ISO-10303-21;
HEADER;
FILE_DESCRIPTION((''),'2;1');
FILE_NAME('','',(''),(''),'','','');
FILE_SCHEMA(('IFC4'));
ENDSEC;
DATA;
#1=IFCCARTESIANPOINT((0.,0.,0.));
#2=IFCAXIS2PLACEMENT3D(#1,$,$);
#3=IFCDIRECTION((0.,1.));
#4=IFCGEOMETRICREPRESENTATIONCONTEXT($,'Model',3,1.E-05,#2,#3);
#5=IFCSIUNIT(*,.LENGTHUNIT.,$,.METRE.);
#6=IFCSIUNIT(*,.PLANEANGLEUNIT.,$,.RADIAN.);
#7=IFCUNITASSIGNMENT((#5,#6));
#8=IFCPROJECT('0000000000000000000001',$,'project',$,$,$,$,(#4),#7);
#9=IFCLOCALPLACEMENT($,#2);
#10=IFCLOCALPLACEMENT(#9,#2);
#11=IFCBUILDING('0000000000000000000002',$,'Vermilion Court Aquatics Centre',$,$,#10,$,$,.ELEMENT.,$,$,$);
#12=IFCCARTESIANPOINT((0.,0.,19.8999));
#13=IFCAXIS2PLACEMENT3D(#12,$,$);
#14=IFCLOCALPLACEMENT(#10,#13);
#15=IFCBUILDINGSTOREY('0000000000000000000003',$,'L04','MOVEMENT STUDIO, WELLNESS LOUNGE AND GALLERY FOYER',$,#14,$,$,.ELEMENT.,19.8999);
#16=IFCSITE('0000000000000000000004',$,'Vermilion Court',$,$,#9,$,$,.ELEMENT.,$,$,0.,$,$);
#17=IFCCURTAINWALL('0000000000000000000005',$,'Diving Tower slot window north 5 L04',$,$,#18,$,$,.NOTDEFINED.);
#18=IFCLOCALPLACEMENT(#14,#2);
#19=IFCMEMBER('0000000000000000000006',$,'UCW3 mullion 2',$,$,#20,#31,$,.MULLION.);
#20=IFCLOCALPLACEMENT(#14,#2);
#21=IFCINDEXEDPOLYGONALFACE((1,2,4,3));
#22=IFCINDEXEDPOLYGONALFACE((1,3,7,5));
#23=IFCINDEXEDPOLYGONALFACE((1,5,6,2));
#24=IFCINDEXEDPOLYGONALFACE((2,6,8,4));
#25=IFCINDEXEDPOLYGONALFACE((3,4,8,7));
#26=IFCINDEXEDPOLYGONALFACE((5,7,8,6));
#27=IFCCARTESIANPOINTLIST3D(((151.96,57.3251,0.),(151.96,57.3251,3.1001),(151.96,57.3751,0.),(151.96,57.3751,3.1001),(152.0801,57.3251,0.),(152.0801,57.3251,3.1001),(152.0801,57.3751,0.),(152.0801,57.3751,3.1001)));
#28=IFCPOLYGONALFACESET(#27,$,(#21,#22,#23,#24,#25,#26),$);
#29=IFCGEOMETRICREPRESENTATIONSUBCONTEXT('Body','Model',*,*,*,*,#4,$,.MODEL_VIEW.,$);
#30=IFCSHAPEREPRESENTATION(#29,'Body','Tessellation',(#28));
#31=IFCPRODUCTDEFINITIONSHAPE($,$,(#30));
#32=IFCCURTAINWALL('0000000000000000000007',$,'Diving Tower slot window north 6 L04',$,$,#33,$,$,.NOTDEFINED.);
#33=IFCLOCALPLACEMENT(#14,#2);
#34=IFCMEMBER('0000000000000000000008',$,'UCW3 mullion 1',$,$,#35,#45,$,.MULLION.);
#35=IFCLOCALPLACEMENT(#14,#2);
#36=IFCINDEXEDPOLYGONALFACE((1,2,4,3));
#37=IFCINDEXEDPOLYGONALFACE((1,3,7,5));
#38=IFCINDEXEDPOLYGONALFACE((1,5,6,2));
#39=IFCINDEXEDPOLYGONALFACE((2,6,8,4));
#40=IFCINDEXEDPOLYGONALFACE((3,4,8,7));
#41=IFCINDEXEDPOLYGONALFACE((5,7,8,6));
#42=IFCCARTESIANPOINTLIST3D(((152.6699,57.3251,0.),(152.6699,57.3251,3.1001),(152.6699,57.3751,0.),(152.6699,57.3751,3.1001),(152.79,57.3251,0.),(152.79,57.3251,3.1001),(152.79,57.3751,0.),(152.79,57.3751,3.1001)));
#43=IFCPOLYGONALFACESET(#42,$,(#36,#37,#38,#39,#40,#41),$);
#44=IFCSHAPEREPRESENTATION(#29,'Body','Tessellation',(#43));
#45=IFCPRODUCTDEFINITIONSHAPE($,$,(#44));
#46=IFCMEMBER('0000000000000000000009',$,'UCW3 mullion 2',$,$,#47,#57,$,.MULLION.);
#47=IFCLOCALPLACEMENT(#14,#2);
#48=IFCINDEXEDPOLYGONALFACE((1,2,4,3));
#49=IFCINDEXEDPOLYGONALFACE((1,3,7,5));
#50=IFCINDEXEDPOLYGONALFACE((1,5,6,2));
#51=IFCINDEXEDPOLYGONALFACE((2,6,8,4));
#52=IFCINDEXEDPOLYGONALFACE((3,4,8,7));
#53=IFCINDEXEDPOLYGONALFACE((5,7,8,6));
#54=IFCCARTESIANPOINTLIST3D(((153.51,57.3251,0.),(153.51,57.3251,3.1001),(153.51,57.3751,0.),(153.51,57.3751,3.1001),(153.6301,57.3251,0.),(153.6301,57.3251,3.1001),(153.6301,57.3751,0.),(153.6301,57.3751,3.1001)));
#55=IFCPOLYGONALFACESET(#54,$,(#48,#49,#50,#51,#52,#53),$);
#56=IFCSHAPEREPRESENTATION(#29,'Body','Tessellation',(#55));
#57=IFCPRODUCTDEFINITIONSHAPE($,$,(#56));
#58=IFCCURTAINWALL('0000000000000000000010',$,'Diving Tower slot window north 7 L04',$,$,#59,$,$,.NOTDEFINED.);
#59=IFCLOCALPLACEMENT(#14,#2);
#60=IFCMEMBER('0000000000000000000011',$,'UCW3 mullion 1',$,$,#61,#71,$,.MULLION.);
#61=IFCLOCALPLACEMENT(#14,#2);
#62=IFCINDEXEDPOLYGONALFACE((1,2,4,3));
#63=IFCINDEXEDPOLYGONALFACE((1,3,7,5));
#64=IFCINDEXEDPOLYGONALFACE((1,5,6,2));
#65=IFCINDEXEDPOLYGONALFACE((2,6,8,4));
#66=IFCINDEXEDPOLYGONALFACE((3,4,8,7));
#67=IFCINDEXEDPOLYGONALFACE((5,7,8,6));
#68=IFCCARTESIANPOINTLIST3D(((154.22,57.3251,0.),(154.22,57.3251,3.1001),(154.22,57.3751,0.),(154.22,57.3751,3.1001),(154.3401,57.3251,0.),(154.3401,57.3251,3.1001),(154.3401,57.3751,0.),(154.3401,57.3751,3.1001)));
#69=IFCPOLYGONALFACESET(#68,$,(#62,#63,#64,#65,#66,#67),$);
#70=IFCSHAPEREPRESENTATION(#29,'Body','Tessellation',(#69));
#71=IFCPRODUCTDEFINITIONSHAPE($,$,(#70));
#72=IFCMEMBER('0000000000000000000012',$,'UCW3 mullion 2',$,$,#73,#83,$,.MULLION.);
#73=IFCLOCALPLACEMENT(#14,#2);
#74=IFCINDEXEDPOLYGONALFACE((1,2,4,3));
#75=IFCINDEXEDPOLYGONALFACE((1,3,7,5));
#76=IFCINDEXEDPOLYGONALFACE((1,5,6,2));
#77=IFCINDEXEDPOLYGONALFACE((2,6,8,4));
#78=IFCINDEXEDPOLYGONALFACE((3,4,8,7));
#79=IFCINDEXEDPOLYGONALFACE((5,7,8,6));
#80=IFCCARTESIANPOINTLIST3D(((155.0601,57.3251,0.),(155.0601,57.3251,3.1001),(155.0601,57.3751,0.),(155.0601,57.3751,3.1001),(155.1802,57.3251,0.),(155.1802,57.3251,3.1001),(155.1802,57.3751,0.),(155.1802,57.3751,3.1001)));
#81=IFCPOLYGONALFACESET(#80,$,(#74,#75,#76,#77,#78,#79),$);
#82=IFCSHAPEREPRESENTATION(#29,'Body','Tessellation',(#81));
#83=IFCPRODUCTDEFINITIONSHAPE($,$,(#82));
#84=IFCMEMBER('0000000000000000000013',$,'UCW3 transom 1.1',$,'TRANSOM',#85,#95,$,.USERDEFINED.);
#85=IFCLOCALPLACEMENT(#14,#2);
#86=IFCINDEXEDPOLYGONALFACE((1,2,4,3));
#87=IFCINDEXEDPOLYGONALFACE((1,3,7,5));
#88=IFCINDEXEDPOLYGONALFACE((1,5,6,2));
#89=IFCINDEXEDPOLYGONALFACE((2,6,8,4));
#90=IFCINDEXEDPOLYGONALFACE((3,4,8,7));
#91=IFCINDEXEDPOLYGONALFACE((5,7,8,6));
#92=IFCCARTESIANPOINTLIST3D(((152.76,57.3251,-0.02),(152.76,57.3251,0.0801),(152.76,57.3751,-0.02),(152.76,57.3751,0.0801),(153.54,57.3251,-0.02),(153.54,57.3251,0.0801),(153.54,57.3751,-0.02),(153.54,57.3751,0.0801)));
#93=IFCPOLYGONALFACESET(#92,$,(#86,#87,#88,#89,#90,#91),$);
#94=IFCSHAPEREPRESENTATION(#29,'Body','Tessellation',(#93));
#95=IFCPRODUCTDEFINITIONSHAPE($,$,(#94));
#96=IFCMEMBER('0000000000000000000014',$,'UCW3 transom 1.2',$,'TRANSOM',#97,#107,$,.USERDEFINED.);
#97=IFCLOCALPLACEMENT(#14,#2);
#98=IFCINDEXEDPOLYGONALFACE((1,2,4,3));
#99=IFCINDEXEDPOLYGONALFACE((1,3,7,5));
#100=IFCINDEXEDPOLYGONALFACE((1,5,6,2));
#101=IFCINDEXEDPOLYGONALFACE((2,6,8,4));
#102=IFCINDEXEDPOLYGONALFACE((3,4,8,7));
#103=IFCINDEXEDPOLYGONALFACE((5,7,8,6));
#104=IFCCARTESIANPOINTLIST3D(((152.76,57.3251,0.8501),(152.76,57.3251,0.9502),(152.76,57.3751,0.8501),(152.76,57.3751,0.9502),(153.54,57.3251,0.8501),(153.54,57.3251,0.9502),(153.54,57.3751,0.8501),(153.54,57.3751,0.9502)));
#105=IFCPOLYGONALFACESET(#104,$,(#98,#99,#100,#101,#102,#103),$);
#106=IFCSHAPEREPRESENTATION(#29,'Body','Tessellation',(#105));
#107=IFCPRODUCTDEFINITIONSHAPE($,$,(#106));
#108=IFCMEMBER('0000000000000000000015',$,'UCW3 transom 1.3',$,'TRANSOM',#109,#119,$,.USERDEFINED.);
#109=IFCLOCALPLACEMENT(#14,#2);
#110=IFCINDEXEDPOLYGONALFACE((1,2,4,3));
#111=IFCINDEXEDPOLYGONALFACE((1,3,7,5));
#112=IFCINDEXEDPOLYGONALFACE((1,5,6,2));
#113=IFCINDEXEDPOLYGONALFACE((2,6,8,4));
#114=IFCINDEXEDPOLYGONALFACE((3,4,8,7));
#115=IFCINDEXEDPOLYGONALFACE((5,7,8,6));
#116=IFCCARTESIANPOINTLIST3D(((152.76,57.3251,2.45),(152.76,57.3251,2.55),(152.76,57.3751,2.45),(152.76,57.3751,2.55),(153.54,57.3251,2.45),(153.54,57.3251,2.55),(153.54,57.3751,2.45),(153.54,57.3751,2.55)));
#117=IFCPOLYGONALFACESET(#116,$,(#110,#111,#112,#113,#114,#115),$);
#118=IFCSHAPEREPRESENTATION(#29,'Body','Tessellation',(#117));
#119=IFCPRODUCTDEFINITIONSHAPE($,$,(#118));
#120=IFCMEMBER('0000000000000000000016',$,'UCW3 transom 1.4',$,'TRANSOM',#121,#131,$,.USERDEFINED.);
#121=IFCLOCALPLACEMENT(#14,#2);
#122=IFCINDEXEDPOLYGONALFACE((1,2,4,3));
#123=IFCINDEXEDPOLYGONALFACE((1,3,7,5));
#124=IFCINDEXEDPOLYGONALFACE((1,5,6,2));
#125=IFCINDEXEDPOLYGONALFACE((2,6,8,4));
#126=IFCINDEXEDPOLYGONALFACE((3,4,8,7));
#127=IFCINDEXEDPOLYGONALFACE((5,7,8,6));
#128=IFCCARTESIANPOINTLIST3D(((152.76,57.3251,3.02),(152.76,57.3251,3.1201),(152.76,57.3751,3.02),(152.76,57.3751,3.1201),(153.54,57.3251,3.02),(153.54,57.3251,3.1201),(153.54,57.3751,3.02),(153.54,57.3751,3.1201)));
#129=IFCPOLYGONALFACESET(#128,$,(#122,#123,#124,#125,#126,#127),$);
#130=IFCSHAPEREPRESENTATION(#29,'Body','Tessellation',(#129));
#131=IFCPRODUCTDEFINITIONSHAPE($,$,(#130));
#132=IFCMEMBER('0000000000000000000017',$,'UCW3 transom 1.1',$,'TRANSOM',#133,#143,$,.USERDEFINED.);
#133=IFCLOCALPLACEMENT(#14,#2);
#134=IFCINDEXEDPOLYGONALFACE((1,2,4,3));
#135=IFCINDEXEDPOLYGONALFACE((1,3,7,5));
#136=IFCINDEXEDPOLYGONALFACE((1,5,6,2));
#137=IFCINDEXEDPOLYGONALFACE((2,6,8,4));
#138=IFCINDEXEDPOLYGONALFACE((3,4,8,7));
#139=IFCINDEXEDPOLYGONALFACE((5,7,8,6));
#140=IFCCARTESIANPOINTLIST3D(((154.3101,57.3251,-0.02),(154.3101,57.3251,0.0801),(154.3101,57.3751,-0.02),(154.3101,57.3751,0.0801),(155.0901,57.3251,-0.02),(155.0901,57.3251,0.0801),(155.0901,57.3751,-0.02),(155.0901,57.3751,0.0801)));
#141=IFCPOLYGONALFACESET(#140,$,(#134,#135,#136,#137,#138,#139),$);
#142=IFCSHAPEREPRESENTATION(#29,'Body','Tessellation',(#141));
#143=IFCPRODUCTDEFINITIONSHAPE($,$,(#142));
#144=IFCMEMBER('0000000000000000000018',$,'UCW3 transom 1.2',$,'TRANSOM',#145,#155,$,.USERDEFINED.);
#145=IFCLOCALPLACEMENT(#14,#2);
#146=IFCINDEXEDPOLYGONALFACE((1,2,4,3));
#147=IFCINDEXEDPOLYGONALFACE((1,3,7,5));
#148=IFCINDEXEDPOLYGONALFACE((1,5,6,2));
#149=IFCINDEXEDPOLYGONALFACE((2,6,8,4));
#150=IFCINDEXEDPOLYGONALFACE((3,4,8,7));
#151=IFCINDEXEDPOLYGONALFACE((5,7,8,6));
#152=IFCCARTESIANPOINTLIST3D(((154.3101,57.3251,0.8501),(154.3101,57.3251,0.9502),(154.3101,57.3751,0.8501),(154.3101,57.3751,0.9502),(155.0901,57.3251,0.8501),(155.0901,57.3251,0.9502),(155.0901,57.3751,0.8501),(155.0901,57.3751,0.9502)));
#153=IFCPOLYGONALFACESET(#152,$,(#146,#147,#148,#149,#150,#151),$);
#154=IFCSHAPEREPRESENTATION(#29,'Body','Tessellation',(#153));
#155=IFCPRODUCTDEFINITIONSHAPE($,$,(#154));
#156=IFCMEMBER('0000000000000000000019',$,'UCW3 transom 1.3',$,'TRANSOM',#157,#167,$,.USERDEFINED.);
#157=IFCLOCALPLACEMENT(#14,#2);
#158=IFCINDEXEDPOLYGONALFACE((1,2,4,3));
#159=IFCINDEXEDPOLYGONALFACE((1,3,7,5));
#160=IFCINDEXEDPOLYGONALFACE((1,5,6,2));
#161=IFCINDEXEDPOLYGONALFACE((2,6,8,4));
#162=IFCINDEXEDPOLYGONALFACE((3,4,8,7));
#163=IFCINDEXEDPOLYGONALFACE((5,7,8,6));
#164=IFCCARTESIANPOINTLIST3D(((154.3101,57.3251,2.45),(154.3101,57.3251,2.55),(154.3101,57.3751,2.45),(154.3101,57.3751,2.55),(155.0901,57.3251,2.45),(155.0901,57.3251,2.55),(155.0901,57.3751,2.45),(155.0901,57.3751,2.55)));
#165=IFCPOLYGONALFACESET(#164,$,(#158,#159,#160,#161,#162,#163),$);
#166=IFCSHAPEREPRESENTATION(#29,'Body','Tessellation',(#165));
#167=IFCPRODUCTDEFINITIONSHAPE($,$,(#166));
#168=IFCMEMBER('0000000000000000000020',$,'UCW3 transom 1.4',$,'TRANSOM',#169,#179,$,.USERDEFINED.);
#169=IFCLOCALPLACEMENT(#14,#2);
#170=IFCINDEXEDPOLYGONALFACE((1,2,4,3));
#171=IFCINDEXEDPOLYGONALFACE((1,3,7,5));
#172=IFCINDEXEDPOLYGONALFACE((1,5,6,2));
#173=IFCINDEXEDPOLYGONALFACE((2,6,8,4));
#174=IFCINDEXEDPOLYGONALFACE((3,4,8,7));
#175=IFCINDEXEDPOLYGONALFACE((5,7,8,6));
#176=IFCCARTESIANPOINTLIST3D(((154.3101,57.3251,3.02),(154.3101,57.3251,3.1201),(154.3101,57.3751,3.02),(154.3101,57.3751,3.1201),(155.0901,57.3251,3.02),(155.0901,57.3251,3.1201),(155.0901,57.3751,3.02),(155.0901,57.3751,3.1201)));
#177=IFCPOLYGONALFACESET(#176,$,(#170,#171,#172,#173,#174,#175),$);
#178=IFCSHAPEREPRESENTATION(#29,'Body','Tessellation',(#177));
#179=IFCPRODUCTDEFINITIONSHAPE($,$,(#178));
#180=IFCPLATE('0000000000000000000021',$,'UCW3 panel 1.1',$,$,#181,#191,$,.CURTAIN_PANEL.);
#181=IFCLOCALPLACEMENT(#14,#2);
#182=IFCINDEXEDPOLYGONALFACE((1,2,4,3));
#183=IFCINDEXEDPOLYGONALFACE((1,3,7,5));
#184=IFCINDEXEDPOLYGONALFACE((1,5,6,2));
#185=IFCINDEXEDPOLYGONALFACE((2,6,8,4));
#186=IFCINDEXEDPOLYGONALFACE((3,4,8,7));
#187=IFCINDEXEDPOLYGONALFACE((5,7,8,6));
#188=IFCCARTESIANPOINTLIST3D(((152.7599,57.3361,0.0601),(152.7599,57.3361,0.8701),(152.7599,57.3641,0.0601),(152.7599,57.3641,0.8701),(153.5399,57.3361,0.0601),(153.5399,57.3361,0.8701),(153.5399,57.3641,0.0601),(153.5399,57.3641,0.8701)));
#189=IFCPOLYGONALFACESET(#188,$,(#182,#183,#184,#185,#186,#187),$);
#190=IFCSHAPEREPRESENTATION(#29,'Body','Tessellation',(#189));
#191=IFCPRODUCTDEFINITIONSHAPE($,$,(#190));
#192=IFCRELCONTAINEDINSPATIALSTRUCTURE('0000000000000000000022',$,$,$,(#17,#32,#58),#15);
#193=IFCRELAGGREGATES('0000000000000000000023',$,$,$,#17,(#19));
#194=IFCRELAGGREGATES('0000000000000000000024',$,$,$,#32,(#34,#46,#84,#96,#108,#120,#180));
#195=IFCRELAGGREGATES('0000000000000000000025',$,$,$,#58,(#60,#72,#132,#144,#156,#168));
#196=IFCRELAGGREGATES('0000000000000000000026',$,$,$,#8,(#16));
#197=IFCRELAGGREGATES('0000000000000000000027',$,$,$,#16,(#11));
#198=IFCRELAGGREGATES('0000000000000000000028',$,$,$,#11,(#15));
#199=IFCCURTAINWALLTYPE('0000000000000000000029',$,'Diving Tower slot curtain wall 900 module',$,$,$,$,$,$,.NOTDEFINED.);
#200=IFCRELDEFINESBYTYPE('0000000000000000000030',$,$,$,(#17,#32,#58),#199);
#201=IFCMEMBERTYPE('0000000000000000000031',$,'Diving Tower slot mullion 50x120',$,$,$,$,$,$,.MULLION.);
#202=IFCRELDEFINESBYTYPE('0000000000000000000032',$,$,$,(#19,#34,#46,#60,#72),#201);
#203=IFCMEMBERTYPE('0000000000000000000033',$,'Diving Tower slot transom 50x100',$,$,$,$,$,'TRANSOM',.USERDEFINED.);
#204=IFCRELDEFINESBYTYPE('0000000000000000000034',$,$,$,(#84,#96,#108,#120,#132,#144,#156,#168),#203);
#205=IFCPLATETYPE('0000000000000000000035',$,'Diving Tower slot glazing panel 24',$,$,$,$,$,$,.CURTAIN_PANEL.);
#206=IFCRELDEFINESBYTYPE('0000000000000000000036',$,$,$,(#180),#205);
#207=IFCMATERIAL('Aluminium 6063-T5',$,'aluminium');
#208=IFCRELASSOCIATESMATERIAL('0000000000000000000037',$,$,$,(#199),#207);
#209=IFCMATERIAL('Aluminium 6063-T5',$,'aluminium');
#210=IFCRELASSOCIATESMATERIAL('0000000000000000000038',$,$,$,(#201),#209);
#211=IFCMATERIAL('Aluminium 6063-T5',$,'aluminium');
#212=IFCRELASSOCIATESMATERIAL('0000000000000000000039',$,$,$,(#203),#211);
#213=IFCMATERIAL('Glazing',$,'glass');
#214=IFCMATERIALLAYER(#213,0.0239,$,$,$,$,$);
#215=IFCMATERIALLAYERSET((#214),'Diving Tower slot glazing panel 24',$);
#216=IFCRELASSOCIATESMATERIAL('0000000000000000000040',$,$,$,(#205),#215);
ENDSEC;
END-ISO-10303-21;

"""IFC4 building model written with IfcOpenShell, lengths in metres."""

from ifc_helpers import new_model, si_unit, direction, frame, origin, origin_2d, place, context, subcontext, project, spatial, rectangle, extrude, material, layer, layer_set, material_profile, profile_set, type_object, element, aggregate, save


model = new_model("IFC4")

# Units and contexts
model_context = context("Model", 3, precision=1e-05, world=origin(), true_north=direction((0.0, 1.0)))
body_context = subcontext(model_context, "Body", "Model", "MODEL_VIEW")
ifc_project = project(units=[si_unit("LENGTHUNIT", "METRE"), si_unit("PLANEANGLEUNIT", "RADIAN")], contexts=[model_context])

# Site, building, storey
site_placement = place(None, origin())
site = spatial("IfcSite", under=ifc_project, at=site_placement, Name="Vermilion Court", CompositionType="ELEMENT", RefElevation=0.0)
building_placement = place(site_placement, origin())
building = spatial("IfcBuilding", under=site, at=building_placement, Name="Vermilion Court Aquatics Centre", CompositionType="ELEMENT")
storey_placement = place(building_placement, frame((0.0, 0.0, 19.8999)))
storey = spatial("IfcBuildingStorey", under=building, at=storey_placement, Name="L04", Description="MOVEMENT STUDIO, WELLNESS LOUNGE AND GALLERY FOYER", CompositionType="ELEMENT", Elevation=19.8999)

# Curtain wall, member
ifc_material_1 = material(Name="Aluminium 6063-T5", Category="aluminium")
curtain_wall_type = type_object("IfcCurtainWallType", Name="Diving Tower slot curtain wall 900 module", PredefinedType="NOTDEFINED", material=ifc_material_1)
curtain_wall_1_placement = place(storey_placement, origin())
curtain_wall_1 = element("IfcCurtainWall", 1, at=curtain_wall_1_placement, inside=storey, type_object=curtain_wall_type, Name="Diving Tower slot window north 5 L04", PredefinedType="NOTDEFINED")
ifc_material_2 = material(Name="Aluminium 6063-T5", Category="aluminium")
ifc_material_profile_1 = material_profile(ifc_material_2, rectangle(XDim=0.05, YDim=0.1201, at=origin_2d()), Name="AL 50x120")
ifc_profile_set_1 = profile_set([ifc_material_profile_1], Name="Aluminium 6063-T5")
member_type_1 = type_object("IfcMemberType", Name="Diving Tower slot mullion 50x120", PredefinedType="MULLION", material=ifc_profile_set_1)
member_1_placement = place(storey_placement, frame((152.02, 57.3501, 0.0), z_axis=(0.0, 0.0, 1.0), x_axis=(0.0, 1.0, 0.0)))
member_1 = element("IfcMember", 2, at=member_1_placement, type_object=member_type_1, Name="UCW3 mullion 2", PredefinedType="MULLION", context=body_context, shape_type="SweptSolid", body=[
    extrude(rectangle(XDim=0.05, YDim=0.1201, at=origin_2d()), origin(), (0.0, 0.0, 1.0), 3.1001),
])
aggregate(curtain_wall_1, [member_1])

# Curtain walls, members
curtain_wall_2_placement = place(storey_placement, origin())
curtain_wall_2 = element("IfcCurtainWall", 3, at=curtain_wall_2_placement, inside=storey, type_object=curtain_wall_type, Name="Diving Tower slot window north 6 L04", PredefinedType="NOTDEFINED")
member_2_placement = place(storey_placement, frame((152.73, 57.3501, 0.0), z_axis=(0.0, 0.0, 1.0), x_axis=(0.0, 1.0, 0.0)))
member_2 = element("IfcMember", 4, at=member_2_placement, type_object=member_type_1, Name="UCW3 mullion 1", PredefinedType="MULLION", context=body_context, shape_type="SweptSolid", body=[
    extrude(rectangle(XDim=0.05, YDim=0.1201, at=origin_2d()), origin(), (0.0, 0.0, 1.0), 3.1001),
])
member_3_placement = place(storey_placement, frame((153.5701, 57.3501, 0.0), z_axis=(0.0, 0.0, 1.0), x_axis=(0.0, 1.0, 0.0)))
member_3 = element("IfcMember", 5, at=member_3_placement, type_object=member_type_1, Name="UCW3 mullion 2", PredefinedType="MULLION", context=body_context, shape_type="SweptSolid", body=[
    extrude(rectangle(XDim=0.05, YDim=0.1201, at=origin_2d()), origin(), (0.0, 0.0, 1.0), 3.1001),
])
curtain_wall_3_placement = place(storey_placement, origin())
curtain_wall_3 = element("IfcCurtainWall", 6, at=curtain_wall_3_placement, inside=storey, type_object=curtain_wall_type, Name="Diving Tower slot window north 7 L04", PredefinedType="NOTDEFINED")
member_4_placement = place(storey_placement, frame((154.28, 57.3501, 0.0), z_axis=(0.0, 0.0, 1.0), x_axis=(0.0, 1.0, 0.0)))
member_4 = element("IfcMember", 7, at=member_4_placement, type_object=member_type_1, Name="UCW3 mullion 1", PredefinedType="MULLION", context=body_context, shape_type="SweptSolid", body=[
    extrude(rectangle(XDim=0.05, YDim=0.1201, at=origin_2d()), origin(), (0.0, 0.0, 1.0), 3.1001),
])
member_5_placement = place(storey_placement, frame((155.1201, 57.3501, 0.0), z_axis=(0.0, 0.0, 1.0), x_axis=(0.0, 1.0, 0.0)))
member_5 = element("IfcMember", 8, at=member_5_placement, type_object=member_type_1, Name="UCW3 mullion 2", PredefinedType="MULLION", context=body_context, shape_type="SweptSolid", body=[
    extrude(rectangle(XDim=0.05, YDim=0.1201, at=origin_2d()), origin(), (0.0, 0.0, 1.0), 3.1001),
])

# Members
ifc_material_3 = material(Name="Aluminium 6063-T5", Category="aluminium")
ifc_material_profile_2 = material_profile(ifc_material_3, rectangle(XDim=0.05, YDim=0.1001, at=origin_2d()), Name="AL 50x100")
ifc_profile_set_2 = profile_set([ifc_material_profile_2], Name="Aluminium 6063-T5")
member_type_2 = type_object("IfcMemberType", Name="Diving Tower slot transom 50x100", ElementType="TRANSOM", PredefinedType="USERDEFINED", material=ifc_profile_set_2)
member_6_placement = place(storey_placement, frame((152.76, 57.3501, 0.03), z_axis=(1.0, 0.0, 0.0), x_axis=(0.0, 1.0, 0.0)))
member_6 = element("IfcMember", 9, at=member_6_placement, type_object=member_type_2, Name="UCW3 transom 1.1", ObjectType="TRANSOM", PredefinedType="USERDEFINED", context=body_context, shape_type="SweptSolid", body=[
    extrude(rectangle(XDim=0.05, YDim=0.1001, at=origin_2d()), origin(), (0.0, 0.0, 1.0), 0.78),
])
member_7_placement = place(storey_placement, frame((152.76, 57.3501, 0.9001), z_axis=(1.0, 0.0, 0.0), x_axis=(0.0, 1.0, 0.0)))
member_7 = element("IfcMember", 10, at=member_7_placement, type_object=member_type_2, Name="UCW3 transom 1.2", ObjectType="TRANSOM", PredefinedType="USERDEFINED", context=body_context, shape_type="SweptSolid", body=[
    extrude(rectangle(XDim=0.05, YDim=0.1001, at=origin_2d()), origin(), (0.0, 0.0, 1.0), 0.78),
])
member_8_placement = place(storey_placement, frame((152.76, 57.3501, 2.5), z_axis=(1.0, 0.0, 0.0), x_axis=(0.0, 1.0, 0.0)))
member_8 = element("IfcMember", 11, at=member_8_placement, type_object=member_type_2, Name="UCW3 transom 1.3", ObjectType="TRANSOM", PredefinedType="USERDEFINED", context=body_context, shape_type="SweptSolid", body=[
    extrude(rectangle(XDim=0.05, YDim=0.1001, at=origin_2d()), origin(), (0.0, 0.0, 1.0), 0.78),
])
member_9_placement = place(storey_placement, frame((152.76, 57.3501, 3.0701), z_axis=(1.0, 0.0, 0.0), x_axis=(0.0, 1.0, 0.0)))
member_9 = element("IfcMember", 12, at=member_9_placement, type_object=member_type_2, Name="UCW3 transom 1.4", ObjectType="TRANSOM", PredefinedType="USERDEFINED", context=body_context, shape_type="SweptSolid", body=[
    extrude(rectangle(XDim=0.05, YDim=0.1001, at=origin_2d()), origin(), (0.0, 0.0, 1.0), 0.78),
])
member_10_placement = place(storey_placement, frame((154.3101, 57.3501, 0.03), z_axis=(1.0, 0.0, 0.0), x_axis=(0.0, 1.0, 0.0)))
member_10 = element("IfcMember", 13, at=member_10_placement, type_object=member_type_2, Name="UCW3 transom 1.1", ObjectType="TRANSOM", PredefinedType="USERDEFINED", context=body_context, shape_type="SweptSolid", body=[
    extrude(rectangle(XDim=0.05, YDim=0.1001, at=origin_2d()), origin(), (0.0, 0.0, 1.0), 0.78),
])
member_11_placement = place(storey_placement, frame((154.3101, 57.3501, 0.9001), z_axis=(1.0, 0.0, 0.0), x_axis=(0.0, 1.0, 0.0)))
member_11 = element("IfcMember", 14, at=member_11_placement, type_object=member_type_2, Name="UCW3 transom 1.2", ObjectType="TRANSOM", PredefinedType="USERDEFINED", context=body_context, shape_type="SweptSolid", body=[
    extrude(rectangle(XDim=0.05, YDim=0.1001, at=origin_2d()), origin(), (0.0, 0.0, 1.0), 0.78),
])
member_12_placement = place(storey_placement, frame((154.3101, 57.3501, 2.5), z_axis=(1.0, 0.0, 0.0), x_axis=(0.0, 1.0, 0.0)))
member_12 = element("IfcMember", 15, at=member_12_placement, type_object=member_type_2, Name="UCW3 transom 1.3", ObjectType="TRANSOM", PredefinedType="USERDEFINED", context=body_context, shape_type="SweptSolid", body=[
    extrude(rectangle(XDim=0.05, YDim=0.1001, at=origin_2d()), origin(), (0.0, 0.0, 1.0), 0.78),
])
member_13_placement = place(storey_placement, frame((154.3101, 57.3501, 3.0701), z_axis=(1.0, 0.0, 0.0), x_axis=(0.0, 1.0, 0.0)))
member_13 = element("IfcMember", 16, at=member_13_placement, type_object=member_type_2, Name="UCW3 transom 1.4", ObjectType="TRANSOM", PredefinedType="USERDEFINED", context=body_context, shape_type="SweptSolid", body=[
    extrude(rectangle(XDim=0.05, YDim=0.1001, at=origin_2d()), origin(), (0.0, 0.0, 1.0), 0.78),
])

# Plate
ifc_material_4 = material(Name="Glazing", Category="glass")
ifc_layer_1 = layer(ifc_material_4, 0.0239)
ifc_layer_set_1 = layer_set([ifc_layer_1], Name="Diving Tower slot glazing panel 24")
plate_type = type_object("IfcPlateType", Name="Diving Tower slot glazing panel 24", PredefinedType="CURTAIN_PANEL", material=ifc_layer_set_1)
plate_1_placement = place(storey_placement, frame((153.1499, 57.3501, 0.0601), z_axis=(0.0, 0.0, 1.0), x_axis=(1.0, 0.0, 0.0)))
plate_1 = element("IfcPlate", 17, at=plate_1_placement, type_object=plate_type, Name="UCW3 panel 1.1", PredefinedType="CURTAIN_PANEL", context=body_context, shape_type="SweptSolid", body=[
    extrude(rectangle(XDim=0.78, YDim=0.0281, at=origin_2d()), origin(), (0.0, 0.0, 1.0), 0.8101),
])
aggregate(curtain_wall_2, [member_2, member_3, member_6, member_7, member_8, member_9, plate_1])
aggregate(curtain_wall_3, [member_4, member_5, member_10, member_11, member_12, member_13])

save(model, "model.ifc")
